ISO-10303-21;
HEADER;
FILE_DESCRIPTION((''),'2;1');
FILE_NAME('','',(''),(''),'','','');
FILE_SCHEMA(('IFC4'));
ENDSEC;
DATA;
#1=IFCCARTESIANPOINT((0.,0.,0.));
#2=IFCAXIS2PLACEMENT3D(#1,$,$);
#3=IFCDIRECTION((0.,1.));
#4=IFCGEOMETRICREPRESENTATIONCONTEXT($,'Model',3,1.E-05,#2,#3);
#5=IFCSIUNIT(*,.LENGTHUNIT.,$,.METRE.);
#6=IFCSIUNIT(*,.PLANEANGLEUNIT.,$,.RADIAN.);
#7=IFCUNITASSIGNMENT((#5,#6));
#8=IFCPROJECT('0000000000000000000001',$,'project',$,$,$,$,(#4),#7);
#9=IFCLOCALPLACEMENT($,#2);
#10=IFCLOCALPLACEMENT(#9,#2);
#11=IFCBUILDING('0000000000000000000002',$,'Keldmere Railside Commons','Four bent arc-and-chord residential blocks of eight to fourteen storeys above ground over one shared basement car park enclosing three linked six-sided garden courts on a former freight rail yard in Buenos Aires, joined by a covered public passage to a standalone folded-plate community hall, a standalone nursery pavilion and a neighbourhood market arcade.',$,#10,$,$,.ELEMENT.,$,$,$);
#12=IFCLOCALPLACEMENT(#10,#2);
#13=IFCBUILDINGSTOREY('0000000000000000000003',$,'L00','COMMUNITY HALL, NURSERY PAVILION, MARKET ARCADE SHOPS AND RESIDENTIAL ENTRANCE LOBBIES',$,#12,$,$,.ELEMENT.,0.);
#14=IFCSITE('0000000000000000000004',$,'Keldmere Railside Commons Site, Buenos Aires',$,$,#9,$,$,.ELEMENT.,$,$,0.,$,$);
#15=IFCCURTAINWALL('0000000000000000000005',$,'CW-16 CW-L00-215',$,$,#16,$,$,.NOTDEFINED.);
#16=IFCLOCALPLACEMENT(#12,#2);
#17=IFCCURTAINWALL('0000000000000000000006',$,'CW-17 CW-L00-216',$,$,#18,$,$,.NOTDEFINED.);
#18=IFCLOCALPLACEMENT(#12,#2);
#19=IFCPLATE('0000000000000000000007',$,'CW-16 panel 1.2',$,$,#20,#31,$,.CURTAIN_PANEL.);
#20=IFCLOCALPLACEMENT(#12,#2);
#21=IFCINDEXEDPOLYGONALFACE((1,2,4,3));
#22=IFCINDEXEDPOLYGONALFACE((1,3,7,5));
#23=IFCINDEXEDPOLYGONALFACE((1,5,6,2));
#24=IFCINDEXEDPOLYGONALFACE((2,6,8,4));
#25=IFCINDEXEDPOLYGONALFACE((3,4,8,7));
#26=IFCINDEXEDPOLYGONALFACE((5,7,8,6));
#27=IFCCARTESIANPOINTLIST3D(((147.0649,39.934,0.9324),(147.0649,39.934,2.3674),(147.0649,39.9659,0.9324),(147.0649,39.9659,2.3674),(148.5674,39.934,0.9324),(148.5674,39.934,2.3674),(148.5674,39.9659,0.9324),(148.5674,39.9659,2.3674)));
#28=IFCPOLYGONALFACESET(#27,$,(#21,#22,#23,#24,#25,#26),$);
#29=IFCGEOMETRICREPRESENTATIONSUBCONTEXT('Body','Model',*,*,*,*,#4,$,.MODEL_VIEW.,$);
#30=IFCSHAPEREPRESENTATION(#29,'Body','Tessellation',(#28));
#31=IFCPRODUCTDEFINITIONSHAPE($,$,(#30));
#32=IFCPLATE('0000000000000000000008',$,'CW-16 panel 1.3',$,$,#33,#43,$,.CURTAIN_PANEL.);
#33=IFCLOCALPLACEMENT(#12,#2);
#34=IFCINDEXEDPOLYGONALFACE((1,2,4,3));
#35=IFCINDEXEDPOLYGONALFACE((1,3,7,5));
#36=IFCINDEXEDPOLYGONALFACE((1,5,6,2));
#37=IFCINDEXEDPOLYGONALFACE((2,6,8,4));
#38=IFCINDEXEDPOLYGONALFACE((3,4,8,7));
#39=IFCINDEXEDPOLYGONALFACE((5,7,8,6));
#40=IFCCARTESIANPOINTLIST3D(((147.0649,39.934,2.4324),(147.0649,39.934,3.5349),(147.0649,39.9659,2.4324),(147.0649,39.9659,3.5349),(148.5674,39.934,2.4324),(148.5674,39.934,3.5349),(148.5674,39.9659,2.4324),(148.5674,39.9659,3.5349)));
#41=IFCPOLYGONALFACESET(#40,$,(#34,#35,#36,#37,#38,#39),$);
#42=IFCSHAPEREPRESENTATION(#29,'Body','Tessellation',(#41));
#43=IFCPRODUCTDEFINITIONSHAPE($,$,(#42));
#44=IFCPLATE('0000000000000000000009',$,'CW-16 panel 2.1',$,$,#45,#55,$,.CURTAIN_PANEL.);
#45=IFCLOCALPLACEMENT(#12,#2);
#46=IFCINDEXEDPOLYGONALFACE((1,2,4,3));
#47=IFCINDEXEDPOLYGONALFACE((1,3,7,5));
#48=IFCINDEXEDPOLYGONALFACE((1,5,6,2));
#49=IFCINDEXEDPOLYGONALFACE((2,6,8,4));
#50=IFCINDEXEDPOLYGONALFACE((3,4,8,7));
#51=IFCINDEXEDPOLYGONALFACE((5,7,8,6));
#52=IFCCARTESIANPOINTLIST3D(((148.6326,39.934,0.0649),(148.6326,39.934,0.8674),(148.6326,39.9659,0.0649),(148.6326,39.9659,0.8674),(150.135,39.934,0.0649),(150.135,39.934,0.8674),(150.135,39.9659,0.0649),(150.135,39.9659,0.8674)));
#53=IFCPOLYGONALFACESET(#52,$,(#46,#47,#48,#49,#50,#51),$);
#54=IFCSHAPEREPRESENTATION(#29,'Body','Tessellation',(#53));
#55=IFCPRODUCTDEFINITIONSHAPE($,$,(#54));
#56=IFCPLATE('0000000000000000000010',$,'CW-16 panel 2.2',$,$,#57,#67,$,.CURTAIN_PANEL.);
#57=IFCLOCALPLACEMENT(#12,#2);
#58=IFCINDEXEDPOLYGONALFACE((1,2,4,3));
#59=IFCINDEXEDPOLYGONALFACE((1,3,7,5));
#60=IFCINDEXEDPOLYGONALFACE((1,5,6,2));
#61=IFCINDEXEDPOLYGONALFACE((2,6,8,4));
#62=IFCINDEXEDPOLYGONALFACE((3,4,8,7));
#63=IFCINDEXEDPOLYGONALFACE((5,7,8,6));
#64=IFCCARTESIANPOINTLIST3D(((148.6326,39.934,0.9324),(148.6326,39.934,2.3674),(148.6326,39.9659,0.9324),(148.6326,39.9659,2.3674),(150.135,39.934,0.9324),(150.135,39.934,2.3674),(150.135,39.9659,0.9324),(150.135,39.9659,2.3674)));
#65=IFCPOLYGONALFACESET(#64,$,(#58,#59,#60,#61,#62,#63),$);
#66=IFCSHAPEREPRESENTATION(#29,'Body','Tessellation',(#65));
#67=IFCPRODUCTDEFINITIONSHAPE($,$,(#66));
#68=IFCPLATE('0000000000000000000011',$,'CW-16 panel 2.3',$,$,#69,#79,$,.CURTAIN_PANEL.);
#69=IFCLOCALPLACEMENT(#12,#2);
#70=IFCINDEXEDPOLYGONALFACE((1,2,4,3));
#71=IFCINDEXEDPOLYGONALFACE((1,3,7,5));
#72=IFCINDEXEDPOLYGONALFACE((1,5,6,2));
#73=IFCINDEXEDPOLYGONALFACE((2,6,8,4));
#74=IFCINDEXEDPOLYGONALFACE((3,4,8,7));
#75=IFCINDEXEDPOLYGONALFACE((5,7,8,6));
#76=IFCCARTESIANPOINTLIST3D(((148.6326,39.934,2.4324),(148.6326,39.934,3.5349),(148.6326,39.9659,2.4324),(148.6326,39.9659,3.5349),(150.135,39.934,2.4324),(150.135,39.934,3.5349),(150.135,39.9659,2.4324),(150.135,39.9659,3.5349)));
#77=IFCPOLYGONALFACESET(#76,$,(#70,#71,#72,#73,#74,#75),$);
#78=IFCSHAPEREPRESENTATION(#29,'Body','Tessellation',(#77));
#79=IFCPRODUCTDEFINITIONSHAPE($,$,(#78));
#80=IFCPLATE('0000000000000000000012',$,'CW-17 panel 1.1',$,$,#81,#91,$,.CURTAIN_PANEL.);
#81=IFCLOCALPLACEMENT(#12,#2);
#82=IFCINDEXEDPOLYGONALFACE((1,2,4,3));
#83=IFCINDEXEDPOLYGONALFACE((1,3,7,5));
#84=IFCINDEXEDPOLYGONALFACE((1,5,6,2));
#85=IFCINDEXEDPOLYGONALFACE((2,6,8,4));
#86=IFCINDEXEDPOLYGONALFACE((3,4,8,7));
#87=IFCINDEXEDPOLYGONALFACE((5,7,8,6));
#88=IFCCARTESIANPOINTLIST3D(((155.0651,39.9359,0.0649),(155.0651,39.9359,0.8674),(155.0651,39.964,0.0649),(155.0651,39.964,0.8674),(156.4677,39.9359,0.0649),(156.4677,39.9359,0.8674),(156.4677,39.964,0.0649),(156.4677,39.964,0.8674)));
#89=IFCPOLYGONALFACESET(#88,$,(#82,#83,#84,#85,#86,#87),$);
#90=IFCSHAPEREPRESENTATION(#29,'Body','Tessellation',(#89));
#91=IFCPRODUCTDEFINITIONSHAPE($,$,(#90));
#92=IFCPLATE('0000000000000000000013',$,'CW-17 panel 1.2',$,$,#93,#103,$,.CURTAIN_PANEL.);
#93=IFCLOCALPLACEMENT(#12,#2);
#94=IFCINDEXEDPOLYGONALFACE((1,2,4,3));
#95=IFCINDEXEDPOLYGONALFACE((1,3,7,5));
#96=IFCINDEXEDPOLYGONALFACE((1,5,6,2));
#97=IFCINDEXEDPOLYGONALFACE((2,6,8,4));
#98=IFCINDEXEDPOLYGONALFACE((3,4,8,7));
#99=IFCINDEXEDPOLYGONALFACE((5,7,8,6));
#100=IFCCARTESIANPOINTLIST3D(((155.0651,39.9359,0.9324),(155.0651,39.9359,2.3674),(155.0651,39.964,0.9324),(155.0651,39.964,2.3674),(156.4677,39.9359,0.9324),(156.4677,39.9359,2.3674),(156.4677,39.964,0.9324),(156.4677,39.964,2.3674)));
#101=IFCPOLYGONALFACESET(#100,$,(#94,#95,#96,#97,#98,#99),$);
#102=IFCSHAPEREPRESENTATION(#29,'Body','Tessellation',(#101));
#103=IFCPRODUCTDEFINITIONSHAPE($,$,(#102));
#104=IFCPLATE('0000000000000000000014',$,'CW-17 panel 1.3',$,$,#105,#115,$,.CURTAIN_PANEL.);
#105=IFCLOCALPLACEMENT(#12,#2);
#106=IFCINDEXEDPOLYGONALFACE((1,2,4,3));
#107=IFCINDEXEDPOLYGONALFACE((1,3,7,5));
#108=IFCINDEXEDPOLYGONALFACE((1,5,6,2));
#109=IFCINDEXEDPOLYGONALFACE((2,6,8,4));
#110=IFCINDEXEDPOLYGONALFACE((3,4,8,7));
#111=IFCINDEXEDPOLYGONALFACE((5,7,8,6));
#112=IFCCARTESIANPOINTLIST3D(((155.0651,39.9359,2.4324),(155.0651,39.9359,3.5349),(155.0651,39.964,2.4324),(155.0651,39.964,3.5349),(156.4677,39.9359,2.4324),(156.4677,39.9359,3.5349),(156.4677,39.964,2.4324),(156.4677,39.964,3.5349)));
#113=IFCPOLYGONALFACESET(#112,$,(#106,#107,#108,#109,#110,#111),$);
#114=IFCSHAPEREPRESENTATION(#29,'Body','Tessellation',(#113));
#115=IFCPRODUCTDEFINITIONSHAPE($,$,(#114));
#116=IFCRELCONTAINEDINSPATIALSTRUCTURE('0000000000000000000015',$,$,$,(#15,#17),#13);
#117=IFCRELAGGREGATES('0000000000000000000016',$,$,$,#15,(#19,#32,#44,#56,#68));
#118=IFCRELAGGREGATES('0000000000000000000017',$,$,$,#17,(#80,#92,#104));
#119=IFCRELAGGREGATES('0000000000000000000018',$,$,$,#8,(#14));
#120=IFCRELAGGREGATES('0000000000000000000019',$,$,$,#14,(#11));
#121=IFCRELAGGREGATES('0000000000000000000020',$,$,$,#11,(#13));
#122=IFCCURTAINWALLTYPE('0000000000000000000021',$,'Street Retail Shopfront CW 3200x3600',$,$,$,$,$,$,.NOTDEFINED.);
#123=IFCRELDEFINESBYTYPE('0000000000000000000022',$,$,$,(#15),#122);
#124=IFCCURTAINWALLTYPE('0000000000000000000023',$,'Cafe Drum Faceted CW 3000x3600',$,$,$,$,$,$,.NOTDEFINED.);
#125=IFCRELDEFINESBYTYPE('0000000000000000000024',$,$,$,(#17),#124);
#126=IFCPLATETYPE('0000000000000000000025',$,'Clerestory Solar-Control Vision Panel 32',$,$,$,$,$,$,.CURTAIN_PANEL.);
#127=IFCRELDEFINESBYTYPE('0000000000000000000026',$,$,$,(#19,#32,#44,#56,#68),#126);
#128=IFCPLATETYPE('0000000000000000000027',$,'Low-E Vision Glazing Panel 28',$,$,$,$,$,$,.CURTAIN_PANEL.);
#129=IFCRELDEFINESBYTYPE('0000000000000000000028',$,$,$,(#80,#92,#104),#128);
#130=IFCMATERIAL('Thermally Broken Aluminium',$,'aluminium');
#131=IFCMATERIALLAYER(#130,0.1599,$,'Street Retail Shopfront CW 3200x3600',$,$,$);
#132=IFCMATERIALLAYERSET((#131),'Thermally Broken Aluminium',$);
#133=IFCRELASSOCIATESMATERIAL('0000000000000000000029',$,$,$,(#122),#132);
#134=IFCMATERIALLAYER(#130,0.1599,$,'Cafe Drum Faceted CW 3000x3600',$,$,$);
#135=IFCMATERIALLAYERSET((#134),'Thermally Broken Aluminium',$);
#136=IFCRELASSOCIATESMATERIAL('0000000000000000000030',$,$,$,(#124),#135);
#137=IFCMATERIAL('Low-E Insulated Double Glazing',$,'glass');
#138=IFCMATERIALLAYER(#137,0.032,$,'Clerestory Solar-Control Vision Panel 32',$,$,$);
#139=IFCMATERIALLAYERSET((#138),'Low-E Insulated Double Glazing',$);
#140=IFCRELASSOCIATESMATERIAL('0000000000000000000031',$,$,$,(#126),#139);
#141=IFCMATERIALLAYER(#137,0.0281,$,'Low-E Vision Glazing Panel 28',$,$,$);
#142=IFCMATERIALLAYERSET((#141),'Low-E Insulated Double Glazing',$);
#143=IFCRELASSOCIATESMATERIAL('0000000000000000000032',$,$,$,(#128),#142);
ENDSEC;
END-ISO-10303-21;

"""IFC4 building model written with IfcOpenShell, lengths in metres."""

from ifc_helpers import new_model, si_unit, direction, frame, origin, origin_2d, place, context, subcontext, project, spatial, rectangle, extrude, material, layer, layer_set, type_object, element, aggregate, save


model = new_model("IFC4")

# Units and contexts
model_context = context("Model", 3, precision=1e-05, world=origin(), true_north=direction((0.0, 1.0)))
body_context = subcontext(model_context, "Body", "Model", "MODEL_VIEW")
ifc_project = project(units=[si_unit("LENGTHUNIT", "METRE"), si_unit("PLANEANGLEUNIT", "RADIAN")], contexts=[model_context])

# Site, building, storey
site_placement = place(None, origin())
site = spatial("IfcSite", under=ifc_project, at=site_placement, Name="Keldmere Railside Commons Site, Buenos Aires", CompositionType="ELEMENT", RefElevation=0.0)
building_placement = place(site_placement, origin())
building = spatial("IfcBuilding", under=site, at=building_placement, Name="Keldmere Railside Commons", Description="Four bent arc-and-chord residential blocks of eight to fourteen storeys above ground over one shared basement car park enclosing three linked six-sided garden courts on a former freight rail yard in Buenos Aires, joined by a covered public passage to a standalone folded-plate community hall, a standalone nursery pavilion and a neighbourhood market arcade.", CompositionType="ELEMENT")
storey_placement = place(building_placement, origin())
storey = spatial("IfcBuildingStorey", under=building, at=storey_placement, Name="L00", Description="COMMUNITY HALL, NURSERY PAVILION, MARKET ARCADE SHOPS AND RESIDENTIAL ENTRANCE LOBBIES", CompositionType="ELEMENT", Elevation=0.0)

# Shared definitions
ifc_material_1 = material(Name="Thermally Broken Aluminium", Category="aluminium")

# Curtain walls
ifc_layer_1 = layer(ifc_material_1, 0.1599, Name="Street Retail Shopfront CW 3200x3600")
ifc_layer_set_1 = layer_set([ifc_layer_1], Name="Thermally Broken Aluminium")
curtain_wall_type_1 = type_object("IfcCurtainWallType", Name="Street Retail Shopfront CW 3200x3600", PredefinedType="NOTDEFINED", material=ifc_layer_set_1)
curtain_wall_1_placement = place(storey_placement, origin())
curtain_wall_1 = element("IfcCurtainWall", 1, at=curtain_wall_1_placement, inside=storey, type_object=curtain_wall_type_1, Name="CW-16 CW-L00-215", PredefinedType="NOTDEFINED")
ifc_layer_2 = layer(ifc_material_1, 0.1599, Name="Cafe Drum Faceted CW 3000x3600")
ifc_layer_set_2 = layer_set([ifc_layer_2], Name="Thermally Broken Aluminium")
curtain_wall_type_2 = type_object("IfcCurtainWallType", Name="Cafe Drum Faceted CW 3000x3600", PredefinedType="NOTDEFINED", material=ifc_layer_set_2)
curtain_wall_2_placement = place(storey_placement, origin())
curtain_wall_2 = element("IfcCurtainWall", 2, at=curtain_wall_2_placement, inside=storey, type_object=curtain_wall_type_2, Name="CW-17 CW-L00-216", PredefinedType="NOTDEFINED")

# Plates
ifc_material_2 = material(Name="Low-E Insulated Double Glazing", Category="glass")
ifc_layer_3 = layer(ifc_material_2, 0.032, Name="Clerestory Solar-Control Vision Panel 32")
ifc_layer_set_3 = layer_set([ifc_layer_3], Name="Low-E Insulated Double Glazing")
plate_type_1 = type_object("IfcPlateType", Name="Clerestory Solar-Control Vision Panel 32", PredefinedType="CURTAIN_PANEL", material=ifc_layer_set_3)
plate_1_placement = place(storey_placement, frame((147.8162, 39.95, 0.9324), z_axis=(0.0, 0.0, 1.0), x_axis=(1.0, 0.0, 0.0)))
plate_1 = element("IfcPlate", 3, at=plate_1_placement, type_object=plate_type_1, Name="CW-16 panel 1.2", PredefinedType="CURTAIN_PANEL", context=body_context, shape_type="SweptSolid", body=[
    extrude(rectangle(XDim=1.5024, YDim=0.032, at=origin_2d()), origin(), (0.0, 0.0, 1.0), 1.4351),
])
plate_2_placement = place(storey_placement, frame((147.8162, 39.95, 2.4324), z_axis=(0.0, 0.0, 1.0), x_axis=(1.0, 0.0, 0.0)))
plate_2 = element("IfcPlate", 4, at=plate_2_placement, type_object=plate_type_1, Name="CW-16 panel 1.3", PredefinedType="CURTAIN_PANEL", context=body_context, shape_type="SweptSolid", body=[
    extrude(rectangle(XDim=1.5024, YDim=0.032, at=origin_2d()), origin(), (0.0, 0.0, 1.0), 1.1025),
])
plate_3_placement = place(storey_placement, frame((149.3838, 39.95, 0.0649), z_axis=(0.0, 0.0, 1.0), x_axis=(1.0, 0.0, 0.0)))
plate_3 = element("IfcPlate", 5, at=plate_3_placement, type_object=plate_type_1, Name="CW-16 panel 2.1", PredefinedType="CURTAIN_PANEL", context=body_context, shape_type="SweptSolid", body=[
    extrude(rectangle(XDim=1.5024, YDim=0.032, at=origin_2d()), origin(), (0.0, 0.0, 1.0), 0.8025),
])
plate_4_placement = place(storey_placement, frame((149.3838, 39.95, 0.9324), z_axis=(0.0, 0.0, 1.0), x_axis=(1.0, 0.0, 0.0)))
plate_4 = element("IfcPlate", 6, at=plate_4_placement, type_object=plate_type_1, Name="CW-16 panel 2.2", PredefinedType="CURTAIN_PANEL", context=body_context, shape_type="SweptSolid", body=[
    extrude(rectangle(XDim=1.5024, YDim=0.032, at=origin_2d()), origin(), (0.0, 0.0, 1.0), 1.4351),
])
plate_5_placement = place(storey_placement, frame((149.3838, 39.95, 2.4324), z_axis=(0.0, 0.0, 1.0), x_axis=(1.0, 0.0, 0.0)))
plate_5 = element("IfcPlate", 7, at=plate_5_placement, type_object=plate_type_1, Name="CW-16 panel 2.3", PredefinedType="CURTAIN_PANEL", context=body_context, shape_type="SweptSolid", body=[
    extrude(rectangle(XDim=1.5024, YDim=0.032, at=origin_2d()), origin(), (0.0, 0.0, 1.0), 1.1025),
])
aggregate(curtain_wall_1, [plate_1, plate_2, plate_3, plate_4, plate_5])
ifc_layer_4 = layer(ifc_material_2, 0.0281, Name="Low-E Vision Glazing Panel 28")
ifc_layer_set_4 = layer_set([ifc_layer_4], Name="Low-E Insulated Double Glazing")
plate_type_2 = type_object("IfcPlateType", Name="Low-E Vision Glazing Panel 28", PredefinedType="CURTAIN_PANEL", material=ifc_layer_set_4)
plate_6_placement = place(storey_placement, frame((155.7664, 39.95, 0.0649), z_axis=(0.0, 0.0, 1.0), x_axis=(1.0, 0.0, 0.0)))
plate_6 = element("IfcPlate", 8, at=plate_6_placement, type_object=plate_type_2, Name="CW-17 panel 1.1", PredefinedType="CURTAIN_PANEL", context=body_context, shape_type="SweptSolid", body=[
    extrude(rectangle(XDim=1.4026, YDim=0.0281, at=origin_2d()), origin(), (0.0, 0.0, 1.0), 0.8025),
])
plate_7_placement = place(storey_placement, frame((155.7664, 39.95, 0.9324), z_axis=(0.0, 0.0, 1.0), x_axis=(1.0, 0.0, 0.0)))
plate_7 = element("IfcPlate", 9, at=plate_7_placement, type_object=plate_type_2, Name="CW-17 panel 1.2", PredefinedType="CURTAIN_PANEL", context=body_context, shape_type="SweptSolid", body=[
    extrude(rectangle(XDim=1.4026, YDim=0.0281, at=origin_2d()), origin(), (0.0, 0.0, 1.0), 1.4351),
])
plate_8_placement = place(storey_placement, frame((155.7664, 39.95, 2.4324), z_axis=(0.0, 0.0, 1.0), x_axis=(1.0, 0.0, 0.0)))
plate_8 = element("IfcPlate", 10, at=plate_8_placement, type_object=plate_type_2, Name="CW-17 panel 1.3", PredefinedType="CURTAIN_PANEL", context=body_context, shape_type="SweptSolid", body=[
    extrude(rectangle(XDim=1.4026, YDim=0.0281, at=origin_2d()), origin(), (0.0, 0.0, 1.0), 1.1025),
])
aggregate(curtain_wall_2, [plate_6, plate_7, plate_8])

save(model, "model.ifc")
